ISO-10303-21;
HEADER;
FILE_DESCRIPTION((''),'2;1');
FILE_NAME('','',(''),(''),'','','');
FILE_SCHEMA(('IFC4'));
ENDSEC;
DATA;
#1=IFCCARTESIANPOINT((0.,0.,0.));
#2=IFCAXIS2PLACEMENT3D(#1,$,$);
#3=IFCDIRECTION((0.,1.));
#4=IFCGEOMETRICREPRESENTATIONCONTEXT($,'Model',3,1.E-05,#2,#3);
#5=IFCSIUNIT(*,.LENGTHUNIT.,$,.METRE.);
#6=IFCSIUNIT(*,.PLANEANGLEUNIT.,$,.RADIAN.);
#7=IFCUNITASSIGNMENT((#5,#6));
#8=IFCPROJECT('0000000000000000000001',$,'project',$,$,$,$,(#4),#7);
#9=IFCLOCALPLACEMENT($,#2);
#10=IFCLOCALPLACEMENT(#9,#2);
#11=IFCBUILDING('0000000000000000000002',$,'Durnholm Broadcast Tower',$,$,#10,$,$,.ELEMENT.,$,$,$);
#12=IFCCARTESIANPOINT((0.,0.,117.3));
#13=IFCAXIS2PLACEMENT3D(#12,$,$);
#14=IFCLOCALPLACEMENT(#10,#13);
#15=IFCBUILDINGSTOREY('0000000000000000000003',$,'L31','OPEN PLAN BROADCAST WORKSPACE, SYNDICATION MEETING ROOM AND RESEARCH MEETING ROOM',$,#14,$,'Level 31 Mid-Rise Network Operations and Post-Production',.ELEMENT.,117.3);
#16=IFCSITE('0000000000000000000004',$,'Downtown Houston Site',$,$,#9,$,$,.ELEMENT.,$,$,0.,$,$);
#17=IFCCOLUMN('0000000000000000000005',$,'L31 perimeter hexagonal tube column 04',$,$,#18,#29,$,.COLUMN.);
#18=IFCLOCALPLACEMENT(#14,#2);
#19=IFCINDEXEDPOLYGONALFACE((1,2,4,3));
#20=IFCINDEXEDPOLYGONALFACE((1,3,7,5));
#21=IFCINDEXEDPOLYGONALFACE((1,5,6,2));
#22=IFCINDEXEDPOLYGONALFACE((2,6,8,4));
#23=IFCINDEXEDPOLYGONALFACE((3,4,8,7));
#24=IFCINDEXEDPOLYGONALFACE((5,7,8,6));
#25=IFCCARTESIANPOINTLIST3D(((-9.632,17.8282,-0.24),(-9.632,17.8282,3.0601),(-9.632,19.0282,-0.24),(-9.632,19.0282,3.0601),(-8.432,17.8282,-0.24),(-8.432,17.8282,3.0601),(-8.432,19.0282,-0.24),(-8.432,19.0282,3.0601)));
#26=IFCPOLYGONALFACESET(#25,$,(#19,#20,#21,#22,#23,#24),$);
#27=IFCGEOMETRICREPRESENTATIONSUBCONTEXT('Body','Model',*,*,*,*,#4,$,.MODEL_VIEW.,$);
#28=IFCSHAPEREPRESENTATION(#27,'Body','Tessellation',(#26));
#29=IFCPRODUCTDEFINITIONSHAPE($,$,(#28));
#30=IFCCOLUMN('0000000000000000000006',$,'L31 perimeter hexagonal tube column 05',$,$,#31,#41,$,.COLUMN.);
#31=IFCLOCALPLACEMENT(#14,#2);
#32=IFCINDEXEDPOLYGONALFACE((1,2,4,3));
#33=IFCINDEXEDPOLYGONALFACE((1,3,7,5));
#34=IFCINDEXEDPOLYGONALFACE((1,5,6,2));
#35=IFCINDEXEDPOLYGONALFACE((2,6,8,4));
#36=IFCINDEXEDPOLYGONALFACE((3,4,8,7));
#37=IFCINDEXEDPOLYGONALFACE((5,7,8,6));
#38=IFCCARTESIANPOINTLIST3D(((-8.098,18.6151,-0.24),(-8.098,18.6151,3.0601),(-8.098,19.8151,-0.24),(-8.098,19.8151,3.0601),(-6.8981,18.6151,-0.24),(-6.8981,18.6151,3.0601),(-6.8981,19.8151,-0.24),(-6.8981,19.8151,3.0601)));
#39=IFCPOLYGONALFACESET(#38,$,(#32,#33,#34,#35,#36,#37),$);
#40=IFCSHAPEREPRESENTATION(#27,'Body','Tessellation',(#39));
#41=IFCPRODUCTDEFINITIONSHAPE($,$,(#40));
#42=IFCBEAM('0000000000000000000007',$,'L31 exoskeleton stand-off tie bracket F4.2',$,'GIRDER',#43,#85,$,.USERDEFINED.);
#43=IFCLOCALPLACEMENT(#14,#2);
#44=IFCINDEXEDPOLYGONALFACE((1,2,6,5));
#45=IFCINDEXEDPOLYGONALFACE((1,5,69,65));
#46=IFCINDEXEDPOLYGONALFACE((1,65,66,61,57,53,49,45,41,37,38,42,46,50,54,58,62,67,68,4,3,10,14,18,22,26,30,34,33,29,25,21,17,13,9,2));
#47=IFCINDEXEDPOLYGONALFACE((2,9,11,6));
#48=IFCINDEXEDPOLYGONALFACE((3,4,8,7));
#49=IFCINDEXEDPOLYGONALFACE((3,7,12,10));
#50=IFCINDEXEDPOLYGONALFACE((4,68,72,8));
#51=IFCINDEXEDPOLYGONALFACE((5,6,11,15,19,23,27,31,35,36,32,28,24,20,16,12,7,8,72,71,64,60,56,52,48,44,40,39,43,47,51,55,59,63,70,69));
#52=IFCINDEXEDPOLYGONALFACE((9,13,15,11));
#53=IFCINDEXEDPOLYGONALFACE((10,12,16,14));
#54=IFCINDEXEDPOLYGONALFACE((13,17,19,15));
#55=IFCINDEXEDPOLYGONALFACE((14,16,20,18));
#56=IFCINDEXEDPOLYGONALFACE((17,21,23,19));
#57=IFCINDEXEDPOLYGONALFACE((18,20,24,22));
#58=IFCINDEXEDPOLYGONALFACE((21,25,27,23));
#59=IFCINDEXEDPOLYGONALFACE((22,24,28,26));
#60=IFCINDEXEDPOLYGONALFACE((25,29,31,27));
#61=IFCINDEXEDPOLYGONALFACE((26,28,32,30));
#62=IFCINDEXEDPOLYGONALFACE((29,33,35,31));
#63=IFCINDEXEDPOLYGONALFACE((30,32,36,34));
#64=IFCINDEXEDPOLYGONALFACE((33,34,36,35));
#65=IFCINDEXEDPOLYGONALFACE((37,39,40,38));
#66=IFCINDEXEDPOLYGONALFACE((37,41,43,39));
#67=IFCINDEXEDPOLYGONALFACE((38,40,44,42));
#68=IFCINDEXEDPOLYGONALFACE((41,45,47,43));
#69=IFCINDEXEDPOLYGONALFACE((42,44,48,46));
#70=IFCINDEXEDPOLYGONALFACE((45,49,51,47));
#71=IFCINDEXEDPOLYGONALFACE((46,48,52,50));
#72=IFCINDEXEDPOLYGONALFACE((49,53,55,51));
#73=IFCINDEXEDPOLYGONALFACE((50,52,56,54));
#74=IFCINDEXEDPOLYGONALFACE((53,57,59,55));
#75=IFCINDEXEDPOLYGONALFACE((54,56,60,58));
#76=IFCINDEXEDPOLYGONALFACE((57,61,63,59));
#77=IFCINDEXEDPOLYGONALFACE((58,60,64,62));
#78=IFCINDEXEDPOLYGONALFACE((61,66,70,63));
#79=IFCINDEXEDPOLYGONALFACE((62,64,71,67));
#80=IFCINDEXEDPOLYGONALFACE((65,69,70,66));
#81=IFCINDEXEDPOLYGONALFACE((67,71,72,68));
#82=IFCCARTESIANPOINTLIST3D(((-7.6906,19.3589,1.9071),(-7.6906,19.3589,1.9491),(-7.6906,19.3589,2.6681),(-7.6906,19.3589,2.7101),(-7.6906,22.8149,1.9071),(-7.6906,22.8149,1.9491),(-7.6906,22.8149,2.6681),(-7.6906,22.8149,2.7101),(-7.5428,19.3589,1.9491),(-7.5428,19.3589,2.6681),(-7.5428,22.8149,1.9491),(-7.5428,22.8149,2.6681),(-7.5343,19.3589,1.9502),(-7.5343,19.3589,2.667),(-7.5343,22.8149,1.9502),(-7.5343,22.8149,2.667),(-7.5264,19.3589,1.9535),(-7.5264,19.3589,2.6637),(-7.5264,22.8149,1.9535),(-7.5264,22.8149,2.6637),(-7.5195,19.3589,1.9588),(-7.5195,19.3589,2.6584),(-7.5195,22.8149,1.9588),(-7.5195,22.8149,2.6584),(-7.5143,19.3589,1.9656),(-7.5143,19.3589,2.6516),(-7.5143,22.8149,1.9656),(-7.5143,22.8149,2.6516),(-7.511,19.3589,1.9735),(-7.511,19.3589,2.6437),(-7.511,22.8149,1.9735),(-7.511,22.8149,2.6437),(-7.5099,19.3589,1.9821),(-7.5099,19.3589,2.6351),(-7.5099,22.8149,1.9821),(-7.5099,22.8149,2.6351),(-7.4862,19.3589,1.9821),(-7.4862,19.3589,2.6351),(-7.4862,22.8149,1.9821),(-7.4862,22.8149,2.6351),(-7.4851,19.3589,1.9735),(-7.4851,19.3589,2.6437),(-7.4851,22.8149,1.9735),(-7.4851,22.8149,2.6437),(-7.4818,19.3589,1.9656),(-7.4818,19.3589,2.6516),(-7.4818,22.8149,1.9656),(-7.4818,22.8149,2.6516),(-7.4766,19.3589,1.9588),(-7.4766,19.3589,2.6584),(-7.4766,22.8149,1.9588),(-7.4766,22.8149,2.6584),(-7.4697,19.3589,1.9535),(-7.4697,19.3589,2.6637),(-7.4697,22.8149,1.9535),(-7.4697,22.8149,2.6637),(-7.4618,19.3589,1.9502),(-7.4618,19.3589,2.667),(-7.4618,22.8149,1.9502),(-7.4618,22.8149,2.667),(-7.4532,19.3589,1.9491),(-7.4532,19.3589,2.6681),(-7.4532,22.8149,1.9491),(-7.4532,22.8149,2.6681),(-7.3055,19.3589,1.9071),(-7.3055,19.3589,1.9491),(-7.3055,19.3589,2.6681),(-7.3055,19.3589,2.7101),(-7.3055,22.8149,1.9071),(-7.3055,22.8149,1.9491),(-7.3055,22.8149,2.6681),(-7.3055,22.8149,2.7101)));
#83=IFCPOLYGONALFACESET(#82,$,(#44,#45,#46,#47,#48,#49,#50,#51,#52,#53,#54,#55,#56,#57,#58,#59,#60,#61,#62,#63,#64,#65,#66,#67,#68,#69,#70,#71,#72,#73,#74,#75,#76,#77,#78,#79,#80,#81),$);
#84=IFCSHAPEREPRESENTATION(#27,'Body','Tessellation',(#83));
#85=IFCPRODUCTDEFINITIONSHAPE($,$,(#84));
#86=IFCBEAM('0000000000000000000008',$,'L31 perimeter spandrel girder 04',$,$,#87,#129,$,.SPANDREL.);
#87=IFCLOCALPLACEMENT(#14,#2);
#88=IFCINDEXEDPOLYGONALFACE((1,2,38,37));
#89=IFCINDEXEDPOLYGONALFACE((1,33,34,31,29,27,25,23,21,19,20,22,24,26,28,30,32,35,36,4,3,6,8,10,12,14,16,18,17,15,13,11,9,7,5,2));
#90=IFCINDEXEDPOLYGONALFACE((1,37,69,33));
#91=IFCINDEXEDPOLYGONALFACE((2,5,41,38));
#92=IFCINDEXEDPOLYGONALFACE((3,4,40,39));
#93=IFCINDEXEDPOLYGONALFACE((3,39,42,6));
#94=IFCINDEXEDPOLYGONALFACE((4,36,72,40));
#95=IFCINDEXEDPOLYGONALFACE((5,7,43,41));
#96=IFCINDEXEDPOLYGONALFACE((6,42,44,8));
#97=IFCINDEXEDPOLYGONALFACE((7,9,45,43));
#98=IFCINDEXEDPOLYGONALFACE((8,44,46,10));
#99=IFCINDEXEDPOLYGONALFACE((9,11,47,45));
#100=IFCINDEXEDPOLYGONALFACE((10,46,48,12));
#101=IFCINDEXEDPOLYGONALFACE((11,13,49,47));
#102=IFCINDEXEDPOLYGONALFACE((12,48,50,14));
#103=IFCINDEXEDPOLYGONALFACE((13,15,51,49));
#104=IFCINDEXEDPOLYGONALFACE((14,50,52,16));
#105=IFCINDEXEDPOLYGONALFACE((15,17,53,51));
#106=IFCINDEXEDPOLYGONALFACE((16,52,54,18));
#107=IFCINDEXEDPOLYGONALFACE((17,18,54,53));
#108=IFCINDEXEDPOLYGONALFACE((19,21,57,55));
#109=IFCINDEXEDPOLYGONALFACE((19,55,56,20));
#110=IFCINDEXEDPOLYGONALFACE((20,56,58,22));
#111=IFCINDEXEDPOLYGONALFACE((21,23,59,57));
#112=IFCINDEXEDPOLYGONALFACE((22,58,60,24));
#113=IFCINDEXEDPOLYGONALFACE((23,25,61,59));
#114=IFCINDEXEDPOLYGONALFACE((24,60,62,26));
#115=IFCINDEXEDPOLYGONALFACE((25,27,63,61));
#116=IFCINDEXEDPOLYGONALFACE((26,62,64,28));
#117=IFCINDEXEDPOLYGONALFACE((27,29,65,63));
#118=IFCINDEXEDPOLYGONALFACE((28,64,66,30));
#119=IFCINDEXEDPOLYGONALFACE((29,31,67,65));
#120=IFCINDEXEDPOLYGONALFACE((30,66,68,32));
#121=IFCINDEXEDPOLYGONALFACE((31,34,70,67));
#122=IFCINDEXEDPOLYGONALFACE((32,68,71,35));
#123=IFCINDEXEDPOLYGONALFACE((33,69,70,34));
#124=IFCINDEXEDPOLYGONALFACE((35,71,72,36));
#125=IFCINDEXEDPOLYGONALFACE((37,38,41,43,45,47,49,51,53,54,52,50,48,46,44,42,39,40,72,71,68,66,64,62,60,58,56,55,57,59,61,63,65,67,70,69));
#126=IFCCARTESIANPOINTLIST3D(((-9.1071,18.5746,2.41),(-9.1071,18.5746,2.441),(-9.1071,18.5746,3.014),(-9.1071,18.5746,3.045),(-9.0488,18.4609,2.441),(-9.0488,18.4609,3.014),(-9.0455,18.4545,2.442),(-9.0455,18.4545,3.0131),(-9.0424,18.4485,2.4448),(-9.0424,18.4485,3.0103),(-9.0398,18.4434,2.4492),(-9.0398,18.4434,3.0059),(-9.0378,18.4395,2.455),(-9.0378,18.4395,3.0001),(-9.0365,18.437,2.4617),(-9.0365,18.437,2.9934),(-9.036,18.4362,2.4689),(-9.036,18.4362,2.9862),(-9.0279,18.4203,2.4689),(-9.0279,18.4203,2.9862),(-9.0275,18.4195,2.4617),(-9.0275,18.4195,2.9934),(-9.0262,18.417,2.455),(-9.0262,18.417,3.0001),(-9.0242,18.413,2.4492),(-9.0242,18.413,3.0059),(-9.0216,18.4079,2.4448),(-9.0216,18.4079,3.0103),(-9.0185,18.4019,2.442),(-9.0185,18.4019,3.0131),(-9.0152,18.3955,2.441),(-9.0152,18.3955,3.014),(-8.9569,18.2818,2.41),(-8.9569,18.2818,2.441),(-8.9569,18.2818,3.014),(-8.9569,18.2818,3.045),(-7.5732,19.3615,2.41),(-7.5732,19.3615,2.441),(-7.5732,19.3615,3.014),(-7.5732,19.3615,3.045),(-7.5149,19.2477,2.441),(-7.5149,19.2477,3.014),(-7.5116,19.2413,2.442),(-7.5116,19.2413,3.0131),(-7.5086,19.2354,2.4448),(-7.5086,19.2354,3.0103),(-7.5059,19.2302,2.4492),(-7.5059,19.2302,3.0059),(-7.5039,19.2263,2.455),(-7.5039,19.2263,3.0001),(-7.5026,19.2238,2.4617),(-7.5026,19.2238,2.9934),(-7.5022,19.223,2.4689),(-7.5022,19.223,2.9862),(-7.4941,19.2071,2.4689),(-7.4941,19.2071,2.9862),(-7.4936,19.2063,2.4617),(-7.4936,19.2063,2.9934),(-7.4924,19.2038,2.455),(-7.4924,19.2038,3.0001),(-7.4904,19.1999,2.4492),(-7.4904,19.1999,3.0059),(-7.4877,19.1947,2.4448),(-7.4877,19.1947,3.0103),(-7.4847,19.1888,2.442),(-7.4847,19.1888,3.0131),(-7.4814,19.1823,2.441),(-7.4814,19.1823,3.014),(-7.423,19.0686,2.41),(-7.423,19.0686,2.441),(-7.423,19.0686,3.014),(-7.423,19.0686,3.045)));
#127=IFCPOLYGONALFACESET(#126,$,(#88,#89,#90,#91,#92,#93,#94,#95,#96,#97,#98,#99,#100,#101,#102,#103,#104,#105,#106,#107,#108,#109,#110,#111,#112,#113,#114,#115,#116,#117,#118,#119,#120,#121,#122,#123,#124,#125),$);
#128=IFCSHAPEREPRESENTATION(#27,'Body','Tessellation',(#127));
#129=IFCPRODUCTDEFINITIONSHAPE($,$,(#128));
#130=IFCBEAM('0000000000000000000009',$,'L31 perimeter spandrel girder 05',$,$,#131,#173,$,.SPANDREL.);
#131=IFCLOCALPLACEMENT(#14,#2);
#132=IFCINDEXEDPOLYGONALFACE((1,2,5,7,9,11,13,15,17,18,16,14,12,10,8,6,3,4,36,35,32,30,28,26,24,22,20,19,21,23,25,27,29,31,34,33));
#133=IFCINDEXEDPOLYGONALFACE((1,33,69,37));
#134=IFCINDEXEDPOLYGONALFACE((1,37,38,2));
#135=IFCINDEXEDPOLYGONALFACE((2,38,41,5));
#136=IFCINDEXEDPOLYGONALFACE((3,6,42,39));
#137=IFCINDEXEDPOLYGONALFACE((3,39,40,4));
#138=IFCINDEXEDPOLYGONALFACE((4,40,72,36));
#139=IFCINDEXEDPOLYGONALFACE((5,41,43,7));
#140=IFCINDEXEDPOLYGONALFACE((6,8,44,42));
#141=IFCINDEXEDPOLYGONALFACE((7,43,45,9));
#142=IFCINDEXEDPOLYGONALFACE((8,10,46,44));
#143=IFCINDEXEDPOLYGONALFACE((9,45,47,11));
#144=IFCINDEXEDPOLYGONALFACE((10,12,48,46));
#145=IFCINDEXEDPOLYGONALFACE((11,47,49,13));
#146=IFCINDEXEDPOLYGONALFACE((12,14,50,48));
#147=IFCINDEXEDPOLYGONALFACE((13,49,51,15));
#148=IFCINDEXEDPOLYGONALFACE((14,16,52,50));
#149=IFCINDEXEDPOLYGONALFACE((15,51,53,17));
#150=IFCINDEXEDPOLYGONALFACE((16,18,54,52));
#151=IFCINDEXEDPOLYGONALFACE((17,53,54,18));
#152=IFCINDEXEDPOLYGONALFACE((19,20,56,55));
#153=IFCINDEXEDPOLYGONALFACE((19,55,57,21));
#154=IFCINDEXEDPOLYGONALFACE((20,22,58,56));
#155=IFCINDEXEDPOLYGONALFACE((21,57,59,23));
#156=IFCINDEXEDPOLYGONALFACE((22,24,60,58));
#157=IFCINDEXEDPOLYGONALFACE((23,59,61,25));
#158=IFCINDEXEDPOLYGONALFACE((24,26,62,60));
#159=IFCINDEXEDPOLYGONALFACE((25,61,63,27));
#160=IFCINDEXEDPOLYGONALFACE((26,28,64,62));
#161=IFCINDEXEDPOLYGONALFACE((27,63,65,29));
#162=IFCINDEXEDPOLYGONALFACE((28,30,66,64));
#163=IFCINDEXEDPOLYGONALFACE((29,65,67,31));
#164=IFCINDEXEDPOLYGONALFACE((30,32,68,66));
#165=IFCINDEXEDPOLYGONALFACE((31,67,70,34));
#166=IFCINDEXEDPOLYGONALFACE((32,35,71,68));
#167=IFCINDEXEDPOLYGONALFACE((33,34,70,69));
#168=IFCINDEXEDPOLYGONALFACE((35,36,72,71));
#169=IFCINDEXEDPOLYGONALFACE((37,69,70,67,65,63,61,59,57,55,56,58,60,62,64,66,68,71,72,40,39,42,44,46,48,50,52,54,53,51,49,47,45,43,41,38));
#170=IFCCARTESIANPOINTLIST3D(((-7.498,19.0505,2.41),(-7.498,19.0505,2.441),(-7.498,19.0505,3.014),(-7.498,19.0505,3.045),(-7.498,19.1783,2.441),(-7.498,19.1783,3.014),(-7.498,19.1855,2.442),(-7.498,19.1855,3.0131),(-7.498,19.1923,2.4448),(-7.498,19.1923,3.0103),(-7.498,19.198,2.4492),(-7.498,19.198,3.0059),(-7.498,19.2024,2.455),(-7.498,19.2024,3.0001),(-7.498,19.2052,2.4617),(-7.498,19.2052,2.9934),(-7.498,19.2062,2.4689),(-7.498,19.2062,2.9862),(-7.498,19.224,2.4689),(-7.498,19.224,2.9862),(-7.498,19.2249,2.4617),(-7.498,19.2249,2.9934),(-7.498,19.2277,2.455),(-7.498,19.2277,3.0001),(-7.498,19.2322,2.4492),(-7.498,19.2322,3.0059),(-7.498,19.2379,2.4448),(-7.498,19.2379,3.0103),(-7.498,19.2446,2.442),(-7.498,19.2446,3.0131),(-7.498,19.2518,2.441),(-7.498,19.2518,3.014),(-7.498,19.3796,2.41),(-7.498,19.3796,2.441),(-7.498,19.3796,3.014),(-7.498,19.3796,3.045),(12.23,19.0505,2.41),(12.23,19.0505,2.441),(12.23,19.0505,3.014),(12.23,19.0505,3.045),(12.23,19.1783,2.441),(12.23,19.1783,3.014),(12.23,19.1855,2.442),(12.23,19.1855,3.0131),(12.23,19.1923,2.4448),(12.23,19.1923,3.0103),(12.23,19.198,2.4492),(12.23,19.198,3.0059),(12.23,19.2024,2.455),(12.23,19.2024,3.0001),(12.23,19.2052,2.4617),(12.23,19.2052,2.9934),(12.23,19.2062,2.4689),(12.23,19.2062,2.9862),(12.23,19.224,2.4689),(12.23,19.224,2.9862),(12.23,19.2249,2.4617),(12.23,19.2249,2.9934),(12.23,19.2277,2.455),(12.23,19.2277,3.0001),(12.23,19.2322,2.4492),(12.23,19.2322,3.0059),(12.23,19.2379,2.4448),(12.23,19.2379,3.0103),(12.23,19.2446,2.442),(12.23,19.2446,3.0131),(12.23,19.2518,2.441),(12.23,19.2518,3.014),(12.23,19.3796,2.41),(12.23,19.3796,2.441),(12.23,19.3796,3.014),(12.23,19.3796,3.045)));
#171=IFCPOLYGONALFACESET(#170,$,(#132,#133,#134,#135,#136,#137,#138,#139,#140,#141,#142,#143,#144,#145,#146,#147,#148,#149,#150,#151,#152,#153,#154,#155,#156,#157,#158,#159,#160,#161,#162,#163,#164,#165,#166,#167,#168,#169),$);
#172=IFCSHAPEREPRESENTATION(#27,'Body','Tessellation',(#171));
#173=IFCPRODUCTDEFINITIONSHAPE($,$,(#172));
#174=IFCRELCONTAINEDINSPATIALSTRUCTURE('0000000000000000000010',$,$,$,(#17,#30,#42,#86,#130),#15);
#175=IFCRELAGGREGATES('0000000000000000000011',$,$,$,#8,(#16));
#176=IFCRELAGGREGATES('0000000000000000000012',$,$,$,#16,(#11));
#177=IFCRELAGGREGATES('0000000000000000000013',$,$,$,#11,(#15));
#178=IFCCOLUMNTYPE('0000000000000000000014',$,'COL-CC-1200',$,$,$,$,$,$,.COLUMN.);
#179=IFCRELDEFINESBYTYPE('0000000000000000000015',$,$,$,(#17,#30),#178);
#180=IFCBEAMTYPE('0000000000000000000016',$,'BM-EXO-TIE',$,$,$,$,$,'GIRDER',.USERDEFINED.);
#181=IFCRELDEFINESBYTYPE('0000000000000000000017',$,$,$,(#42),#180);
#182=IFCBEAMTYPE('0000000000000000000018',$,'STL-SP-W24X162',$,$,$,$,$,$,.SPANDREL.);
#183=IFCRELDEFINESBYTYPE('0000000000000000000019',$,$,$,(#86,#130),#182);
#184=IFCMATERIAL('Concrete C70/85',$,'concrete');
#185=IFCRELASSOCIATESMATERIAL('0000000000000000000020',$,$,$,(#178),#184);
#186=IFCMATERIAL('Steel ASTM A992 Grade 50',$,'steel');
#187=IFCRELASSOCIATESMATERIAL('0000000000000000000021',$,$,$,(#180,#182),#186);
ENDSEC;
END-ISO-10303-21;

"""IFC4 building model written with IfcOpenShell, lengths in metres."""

from ifc_helpers import new_model, si_unit, direction, frame, origin, origin_2d, place, context, subcontext, project, spatial, rectangle, i_section, extrude, source, transform, mapped, material, material_profile, profile_set, type_object, type_shapes, element, save


model = new_model("IFC4")

# Units and contexts
model_context = context("Model", 3, precision=1e-05, world=origin(), true_north=direction((0.0, 1.0)))
body_context = subcontext(model_context, "Body", "Model", "MODEL_VIEW")
ifc_project = project(units=[si_unit("LENGTHUNIT", "METRE"), si_unit("PLANEANGLEUNIT", "RADIAN")], contexts=[model_context])

# Site, building, storey
site_placement = place(None, origin())
site = spatial("IfcSite", under=ifc_project, at=site_placement, Name="Downtown Houston Site", CompositionType="ELEMENT", RefElevation=0.0)
building_placement = place(site_placement, origin())
building = spatial("IfcBuilding", under=site, at=building_placement, Name="Durnholm Broadcast Tower", CompositionType="ELEMENT")
storey_placement = place(building_placement, frame((0.0, 0.0, 117.3)))
storey = spatial("IfcBuildingStorey", under=building, at=storey_placement, Name="L31", Description="OPEN PLAN BROADCAST WORKSPACE, SYNDICATION MEETING ROOM AND RESEARCH MEETING ROOM", LongName="Level 31 Mid-Rise Network Operations and Post-Production", CompositionType="ELEMENT", Elevation=117.3)

# Columns
ifc_material_1 = material(Name="Concrete C70/85", Category="concrete")
ifc_material_profile_1 = material_profile(ifc_material_1, rectangle(XDim=1.2, YDim=1.2, at=origin_2d()), Name="RC1200X1200")
ifc_profile_set_1 = profile_set([ifc_material_profile_1], Name="Concrete C70/85")
column_type = type_object("IfcColumnType", Name="COL-CC-1200", PredefinedType="COLUMN", material=ifc_profile_set_1)
shared_shape_1 = source(origin(), body_context, "Body", "SweptSolid", [
    extrude(rectangle(XDim=1.2, YDim=1.2, at=origin_2d()), origin(), (0.0, 0.0, 1.0), 3.3),
])
type_shapes(column_type, [shared_shape_1])
for number, where, z_axis, x_axis, name in (
    (1, (-9.032, 18.4282, -0.24), (0.0, 0.0, 1.0), (1.0, 0.0, 0.0), "L31 perimeter hexagonal tube column 04"),
    (2, (-7.498, 19.2151, -0.24), (0.0, 0.0, 1.0), (1.0, 0.0, 0.0), "L31 perimeter hexagonal tube column 05"),
):
    element("IfcColumn", number, at=place(storey_placement, frame(where, z_axis=z_axis, x_axis=x_axis)), inside=storey, type_object=column_type, Name=name, PredefinedType="COLUMN", context=body_context, shape_type="MappedRepresentation", body=[
        mapped(shared_shape_1, transform((0.0, 0.0, 0.0), x_axis=(1.0, 0.0, 0.0), y_axis=(0.0, 1.0, 0.0), z_axis=(0.0, 0.0, 1.0), scale=1.0)),
    ])

# Beams
ifc_material_2 = material(Name="Steel ASTM A992 Grade 50", Category="steel")
ifc_material_profile_2 = material_profile(ifc_material_2, i_section(OverallWidth=0.385, OverallDepth=0.803, WebThickness=0.0237, FlangeThickness=0.042, FilletRadius=0.033, at=origin_2d()), Name="W30X261")
ifc_profile_set_2 = profile_set([ifc_material_profile_2], Name="Steel ASTM A992 Grade 50")
beam_type_1 = type_object("IfcBeamType", Name="BM-EXO-TIE", ElementType="GIRDER", PredefinedType="USERDEFINED", material=ifc_profile_set_2)
shared_shape_2 = source(origin(), body_context, "Body", "SweptSolid", [
    extrude(i_section(OverallWidth=0.385, OverallDepth=0.803, WebThickness=0.0237, FlangeThickness=0.042, FilletRadius=0.033, at=origin_2d()), origin(), (0.0, 0.0, 1.0), 3.4561),
])
beam_1_placement = place(storey_placement, frame((-7.498, 19.3589, 2.3086), z_axis=(0.0, 1.0, 0.0), x_axis=(-1.0, 0.0, 0.0)))
element("IfcBeam", 3, at=beam_1_placement, inside=storey, type_object=beam_type_1, Name="L31 exoskeleton stand-off tie bracket F4.2", ObjectType="GIRDER", PredefinedType="USERDEFINED", context=body_context, shape_type="MappedRepresentation", body=[
    mapped(shared_shape_2, transform((0.0, 0.0, 0.0), x_axis=(1.0, 0.0, 0.0), y_axis=(0.0, 1.0, 0.0), z_axis=(0.0, 0.0, 1.0), scale=1.0)),
])
ifc_material_profile_3 = material_profile(ifc_material_2, i_section(OverallWidth=0.3291, OverallDepth=0.635, WebThickness=0.0178, FlangeThickness=0.031, FilletRadius=0.0278, at=origin_2d()), Name="W24X162")
ifc_profile_set_3 = profile_set([ifc_material_profile_3], Name="Steel ASTM A992 Grade 50")
beam_type_2 = type_object("IfcBeamType", Name="STL-SP-W24X162", PredefinedType="SPANDREL", material=ifc_profile_set_3)
shared_shape_3 = source(origin(), body_context, "Body", "SweptSolid", [
    extrude(i_section(OverallWidth=0.3291, OverallDepth=0.635, WebThickness=0.0178, FlangeThickness=0.031, FilletRadius=0.0278, at=origin_2d()), origin(), (0.0, 0.0, 1.0), 1.7239),
])
beam_2_placement = place(storey_placement, frame((-9.032, 18.4282, 2.7275), z_axis=(0.889763, 0.456423, 0.0), x_axis=(-0.456423, 0.889763, 0.0)))
element("IfcBeam", 4, at=beam_2_placement, inside=storey, type_object=beam_type_2, Name="L31 perimeter spandrel girder 04", PredefinedType="SPANDREL", context=body_context, shape_type="MappedRepresentation", body=[
    mapped(shared_shape_3, transform((0.0, 0.0, 0.0), x_axis=(1.0, 0.0, 0.0), y_axis=(0.0, 1.0, 0.0), z_axis=(0.0, 0.0, 1.0), scale=1.0)),
])
shared_shape_4 = source(origin(), body_context, "Body", "SweptSolid", [
    extrude(i_section(OverallWidth=0.3291, OverallDepth=0.635, WebThickness=0.0178, FlangeThickness=0.031, FilletRadius=0.0278, at=origin_2d()), origin(), (0.0, 0.0, 1.0), 19.728),
])
type_shapes(beam_type_2, [shared_shape_3, shared_shape_4])
beam_3_placement = place(storey_placement, frame((-7.498, 19.2151, 2.7275), z_axis=(1.0, 0.0, 0.0), x_axis=(0.0, 1.0, 0.0)))
element("IfcBeam", 5, at=beam_3_placement, inside=storey, type_object=beam_type_2, Name="L31 perimeter spandrel girder 05", PredefinedType="SPANDREL", context=body_context, shape_type="MappedRepresentation", body=[
    mapped(shared_shape_4, transform((0.0, 0.0, 0.0), x_axis=(1.0, 0.0, 0.0), y_axis=(0.0, 1.0, 0.0), z_axis=(0.0, 0.0, 1.0), scale=1.0)),
])

save(model, "model.ifc")
